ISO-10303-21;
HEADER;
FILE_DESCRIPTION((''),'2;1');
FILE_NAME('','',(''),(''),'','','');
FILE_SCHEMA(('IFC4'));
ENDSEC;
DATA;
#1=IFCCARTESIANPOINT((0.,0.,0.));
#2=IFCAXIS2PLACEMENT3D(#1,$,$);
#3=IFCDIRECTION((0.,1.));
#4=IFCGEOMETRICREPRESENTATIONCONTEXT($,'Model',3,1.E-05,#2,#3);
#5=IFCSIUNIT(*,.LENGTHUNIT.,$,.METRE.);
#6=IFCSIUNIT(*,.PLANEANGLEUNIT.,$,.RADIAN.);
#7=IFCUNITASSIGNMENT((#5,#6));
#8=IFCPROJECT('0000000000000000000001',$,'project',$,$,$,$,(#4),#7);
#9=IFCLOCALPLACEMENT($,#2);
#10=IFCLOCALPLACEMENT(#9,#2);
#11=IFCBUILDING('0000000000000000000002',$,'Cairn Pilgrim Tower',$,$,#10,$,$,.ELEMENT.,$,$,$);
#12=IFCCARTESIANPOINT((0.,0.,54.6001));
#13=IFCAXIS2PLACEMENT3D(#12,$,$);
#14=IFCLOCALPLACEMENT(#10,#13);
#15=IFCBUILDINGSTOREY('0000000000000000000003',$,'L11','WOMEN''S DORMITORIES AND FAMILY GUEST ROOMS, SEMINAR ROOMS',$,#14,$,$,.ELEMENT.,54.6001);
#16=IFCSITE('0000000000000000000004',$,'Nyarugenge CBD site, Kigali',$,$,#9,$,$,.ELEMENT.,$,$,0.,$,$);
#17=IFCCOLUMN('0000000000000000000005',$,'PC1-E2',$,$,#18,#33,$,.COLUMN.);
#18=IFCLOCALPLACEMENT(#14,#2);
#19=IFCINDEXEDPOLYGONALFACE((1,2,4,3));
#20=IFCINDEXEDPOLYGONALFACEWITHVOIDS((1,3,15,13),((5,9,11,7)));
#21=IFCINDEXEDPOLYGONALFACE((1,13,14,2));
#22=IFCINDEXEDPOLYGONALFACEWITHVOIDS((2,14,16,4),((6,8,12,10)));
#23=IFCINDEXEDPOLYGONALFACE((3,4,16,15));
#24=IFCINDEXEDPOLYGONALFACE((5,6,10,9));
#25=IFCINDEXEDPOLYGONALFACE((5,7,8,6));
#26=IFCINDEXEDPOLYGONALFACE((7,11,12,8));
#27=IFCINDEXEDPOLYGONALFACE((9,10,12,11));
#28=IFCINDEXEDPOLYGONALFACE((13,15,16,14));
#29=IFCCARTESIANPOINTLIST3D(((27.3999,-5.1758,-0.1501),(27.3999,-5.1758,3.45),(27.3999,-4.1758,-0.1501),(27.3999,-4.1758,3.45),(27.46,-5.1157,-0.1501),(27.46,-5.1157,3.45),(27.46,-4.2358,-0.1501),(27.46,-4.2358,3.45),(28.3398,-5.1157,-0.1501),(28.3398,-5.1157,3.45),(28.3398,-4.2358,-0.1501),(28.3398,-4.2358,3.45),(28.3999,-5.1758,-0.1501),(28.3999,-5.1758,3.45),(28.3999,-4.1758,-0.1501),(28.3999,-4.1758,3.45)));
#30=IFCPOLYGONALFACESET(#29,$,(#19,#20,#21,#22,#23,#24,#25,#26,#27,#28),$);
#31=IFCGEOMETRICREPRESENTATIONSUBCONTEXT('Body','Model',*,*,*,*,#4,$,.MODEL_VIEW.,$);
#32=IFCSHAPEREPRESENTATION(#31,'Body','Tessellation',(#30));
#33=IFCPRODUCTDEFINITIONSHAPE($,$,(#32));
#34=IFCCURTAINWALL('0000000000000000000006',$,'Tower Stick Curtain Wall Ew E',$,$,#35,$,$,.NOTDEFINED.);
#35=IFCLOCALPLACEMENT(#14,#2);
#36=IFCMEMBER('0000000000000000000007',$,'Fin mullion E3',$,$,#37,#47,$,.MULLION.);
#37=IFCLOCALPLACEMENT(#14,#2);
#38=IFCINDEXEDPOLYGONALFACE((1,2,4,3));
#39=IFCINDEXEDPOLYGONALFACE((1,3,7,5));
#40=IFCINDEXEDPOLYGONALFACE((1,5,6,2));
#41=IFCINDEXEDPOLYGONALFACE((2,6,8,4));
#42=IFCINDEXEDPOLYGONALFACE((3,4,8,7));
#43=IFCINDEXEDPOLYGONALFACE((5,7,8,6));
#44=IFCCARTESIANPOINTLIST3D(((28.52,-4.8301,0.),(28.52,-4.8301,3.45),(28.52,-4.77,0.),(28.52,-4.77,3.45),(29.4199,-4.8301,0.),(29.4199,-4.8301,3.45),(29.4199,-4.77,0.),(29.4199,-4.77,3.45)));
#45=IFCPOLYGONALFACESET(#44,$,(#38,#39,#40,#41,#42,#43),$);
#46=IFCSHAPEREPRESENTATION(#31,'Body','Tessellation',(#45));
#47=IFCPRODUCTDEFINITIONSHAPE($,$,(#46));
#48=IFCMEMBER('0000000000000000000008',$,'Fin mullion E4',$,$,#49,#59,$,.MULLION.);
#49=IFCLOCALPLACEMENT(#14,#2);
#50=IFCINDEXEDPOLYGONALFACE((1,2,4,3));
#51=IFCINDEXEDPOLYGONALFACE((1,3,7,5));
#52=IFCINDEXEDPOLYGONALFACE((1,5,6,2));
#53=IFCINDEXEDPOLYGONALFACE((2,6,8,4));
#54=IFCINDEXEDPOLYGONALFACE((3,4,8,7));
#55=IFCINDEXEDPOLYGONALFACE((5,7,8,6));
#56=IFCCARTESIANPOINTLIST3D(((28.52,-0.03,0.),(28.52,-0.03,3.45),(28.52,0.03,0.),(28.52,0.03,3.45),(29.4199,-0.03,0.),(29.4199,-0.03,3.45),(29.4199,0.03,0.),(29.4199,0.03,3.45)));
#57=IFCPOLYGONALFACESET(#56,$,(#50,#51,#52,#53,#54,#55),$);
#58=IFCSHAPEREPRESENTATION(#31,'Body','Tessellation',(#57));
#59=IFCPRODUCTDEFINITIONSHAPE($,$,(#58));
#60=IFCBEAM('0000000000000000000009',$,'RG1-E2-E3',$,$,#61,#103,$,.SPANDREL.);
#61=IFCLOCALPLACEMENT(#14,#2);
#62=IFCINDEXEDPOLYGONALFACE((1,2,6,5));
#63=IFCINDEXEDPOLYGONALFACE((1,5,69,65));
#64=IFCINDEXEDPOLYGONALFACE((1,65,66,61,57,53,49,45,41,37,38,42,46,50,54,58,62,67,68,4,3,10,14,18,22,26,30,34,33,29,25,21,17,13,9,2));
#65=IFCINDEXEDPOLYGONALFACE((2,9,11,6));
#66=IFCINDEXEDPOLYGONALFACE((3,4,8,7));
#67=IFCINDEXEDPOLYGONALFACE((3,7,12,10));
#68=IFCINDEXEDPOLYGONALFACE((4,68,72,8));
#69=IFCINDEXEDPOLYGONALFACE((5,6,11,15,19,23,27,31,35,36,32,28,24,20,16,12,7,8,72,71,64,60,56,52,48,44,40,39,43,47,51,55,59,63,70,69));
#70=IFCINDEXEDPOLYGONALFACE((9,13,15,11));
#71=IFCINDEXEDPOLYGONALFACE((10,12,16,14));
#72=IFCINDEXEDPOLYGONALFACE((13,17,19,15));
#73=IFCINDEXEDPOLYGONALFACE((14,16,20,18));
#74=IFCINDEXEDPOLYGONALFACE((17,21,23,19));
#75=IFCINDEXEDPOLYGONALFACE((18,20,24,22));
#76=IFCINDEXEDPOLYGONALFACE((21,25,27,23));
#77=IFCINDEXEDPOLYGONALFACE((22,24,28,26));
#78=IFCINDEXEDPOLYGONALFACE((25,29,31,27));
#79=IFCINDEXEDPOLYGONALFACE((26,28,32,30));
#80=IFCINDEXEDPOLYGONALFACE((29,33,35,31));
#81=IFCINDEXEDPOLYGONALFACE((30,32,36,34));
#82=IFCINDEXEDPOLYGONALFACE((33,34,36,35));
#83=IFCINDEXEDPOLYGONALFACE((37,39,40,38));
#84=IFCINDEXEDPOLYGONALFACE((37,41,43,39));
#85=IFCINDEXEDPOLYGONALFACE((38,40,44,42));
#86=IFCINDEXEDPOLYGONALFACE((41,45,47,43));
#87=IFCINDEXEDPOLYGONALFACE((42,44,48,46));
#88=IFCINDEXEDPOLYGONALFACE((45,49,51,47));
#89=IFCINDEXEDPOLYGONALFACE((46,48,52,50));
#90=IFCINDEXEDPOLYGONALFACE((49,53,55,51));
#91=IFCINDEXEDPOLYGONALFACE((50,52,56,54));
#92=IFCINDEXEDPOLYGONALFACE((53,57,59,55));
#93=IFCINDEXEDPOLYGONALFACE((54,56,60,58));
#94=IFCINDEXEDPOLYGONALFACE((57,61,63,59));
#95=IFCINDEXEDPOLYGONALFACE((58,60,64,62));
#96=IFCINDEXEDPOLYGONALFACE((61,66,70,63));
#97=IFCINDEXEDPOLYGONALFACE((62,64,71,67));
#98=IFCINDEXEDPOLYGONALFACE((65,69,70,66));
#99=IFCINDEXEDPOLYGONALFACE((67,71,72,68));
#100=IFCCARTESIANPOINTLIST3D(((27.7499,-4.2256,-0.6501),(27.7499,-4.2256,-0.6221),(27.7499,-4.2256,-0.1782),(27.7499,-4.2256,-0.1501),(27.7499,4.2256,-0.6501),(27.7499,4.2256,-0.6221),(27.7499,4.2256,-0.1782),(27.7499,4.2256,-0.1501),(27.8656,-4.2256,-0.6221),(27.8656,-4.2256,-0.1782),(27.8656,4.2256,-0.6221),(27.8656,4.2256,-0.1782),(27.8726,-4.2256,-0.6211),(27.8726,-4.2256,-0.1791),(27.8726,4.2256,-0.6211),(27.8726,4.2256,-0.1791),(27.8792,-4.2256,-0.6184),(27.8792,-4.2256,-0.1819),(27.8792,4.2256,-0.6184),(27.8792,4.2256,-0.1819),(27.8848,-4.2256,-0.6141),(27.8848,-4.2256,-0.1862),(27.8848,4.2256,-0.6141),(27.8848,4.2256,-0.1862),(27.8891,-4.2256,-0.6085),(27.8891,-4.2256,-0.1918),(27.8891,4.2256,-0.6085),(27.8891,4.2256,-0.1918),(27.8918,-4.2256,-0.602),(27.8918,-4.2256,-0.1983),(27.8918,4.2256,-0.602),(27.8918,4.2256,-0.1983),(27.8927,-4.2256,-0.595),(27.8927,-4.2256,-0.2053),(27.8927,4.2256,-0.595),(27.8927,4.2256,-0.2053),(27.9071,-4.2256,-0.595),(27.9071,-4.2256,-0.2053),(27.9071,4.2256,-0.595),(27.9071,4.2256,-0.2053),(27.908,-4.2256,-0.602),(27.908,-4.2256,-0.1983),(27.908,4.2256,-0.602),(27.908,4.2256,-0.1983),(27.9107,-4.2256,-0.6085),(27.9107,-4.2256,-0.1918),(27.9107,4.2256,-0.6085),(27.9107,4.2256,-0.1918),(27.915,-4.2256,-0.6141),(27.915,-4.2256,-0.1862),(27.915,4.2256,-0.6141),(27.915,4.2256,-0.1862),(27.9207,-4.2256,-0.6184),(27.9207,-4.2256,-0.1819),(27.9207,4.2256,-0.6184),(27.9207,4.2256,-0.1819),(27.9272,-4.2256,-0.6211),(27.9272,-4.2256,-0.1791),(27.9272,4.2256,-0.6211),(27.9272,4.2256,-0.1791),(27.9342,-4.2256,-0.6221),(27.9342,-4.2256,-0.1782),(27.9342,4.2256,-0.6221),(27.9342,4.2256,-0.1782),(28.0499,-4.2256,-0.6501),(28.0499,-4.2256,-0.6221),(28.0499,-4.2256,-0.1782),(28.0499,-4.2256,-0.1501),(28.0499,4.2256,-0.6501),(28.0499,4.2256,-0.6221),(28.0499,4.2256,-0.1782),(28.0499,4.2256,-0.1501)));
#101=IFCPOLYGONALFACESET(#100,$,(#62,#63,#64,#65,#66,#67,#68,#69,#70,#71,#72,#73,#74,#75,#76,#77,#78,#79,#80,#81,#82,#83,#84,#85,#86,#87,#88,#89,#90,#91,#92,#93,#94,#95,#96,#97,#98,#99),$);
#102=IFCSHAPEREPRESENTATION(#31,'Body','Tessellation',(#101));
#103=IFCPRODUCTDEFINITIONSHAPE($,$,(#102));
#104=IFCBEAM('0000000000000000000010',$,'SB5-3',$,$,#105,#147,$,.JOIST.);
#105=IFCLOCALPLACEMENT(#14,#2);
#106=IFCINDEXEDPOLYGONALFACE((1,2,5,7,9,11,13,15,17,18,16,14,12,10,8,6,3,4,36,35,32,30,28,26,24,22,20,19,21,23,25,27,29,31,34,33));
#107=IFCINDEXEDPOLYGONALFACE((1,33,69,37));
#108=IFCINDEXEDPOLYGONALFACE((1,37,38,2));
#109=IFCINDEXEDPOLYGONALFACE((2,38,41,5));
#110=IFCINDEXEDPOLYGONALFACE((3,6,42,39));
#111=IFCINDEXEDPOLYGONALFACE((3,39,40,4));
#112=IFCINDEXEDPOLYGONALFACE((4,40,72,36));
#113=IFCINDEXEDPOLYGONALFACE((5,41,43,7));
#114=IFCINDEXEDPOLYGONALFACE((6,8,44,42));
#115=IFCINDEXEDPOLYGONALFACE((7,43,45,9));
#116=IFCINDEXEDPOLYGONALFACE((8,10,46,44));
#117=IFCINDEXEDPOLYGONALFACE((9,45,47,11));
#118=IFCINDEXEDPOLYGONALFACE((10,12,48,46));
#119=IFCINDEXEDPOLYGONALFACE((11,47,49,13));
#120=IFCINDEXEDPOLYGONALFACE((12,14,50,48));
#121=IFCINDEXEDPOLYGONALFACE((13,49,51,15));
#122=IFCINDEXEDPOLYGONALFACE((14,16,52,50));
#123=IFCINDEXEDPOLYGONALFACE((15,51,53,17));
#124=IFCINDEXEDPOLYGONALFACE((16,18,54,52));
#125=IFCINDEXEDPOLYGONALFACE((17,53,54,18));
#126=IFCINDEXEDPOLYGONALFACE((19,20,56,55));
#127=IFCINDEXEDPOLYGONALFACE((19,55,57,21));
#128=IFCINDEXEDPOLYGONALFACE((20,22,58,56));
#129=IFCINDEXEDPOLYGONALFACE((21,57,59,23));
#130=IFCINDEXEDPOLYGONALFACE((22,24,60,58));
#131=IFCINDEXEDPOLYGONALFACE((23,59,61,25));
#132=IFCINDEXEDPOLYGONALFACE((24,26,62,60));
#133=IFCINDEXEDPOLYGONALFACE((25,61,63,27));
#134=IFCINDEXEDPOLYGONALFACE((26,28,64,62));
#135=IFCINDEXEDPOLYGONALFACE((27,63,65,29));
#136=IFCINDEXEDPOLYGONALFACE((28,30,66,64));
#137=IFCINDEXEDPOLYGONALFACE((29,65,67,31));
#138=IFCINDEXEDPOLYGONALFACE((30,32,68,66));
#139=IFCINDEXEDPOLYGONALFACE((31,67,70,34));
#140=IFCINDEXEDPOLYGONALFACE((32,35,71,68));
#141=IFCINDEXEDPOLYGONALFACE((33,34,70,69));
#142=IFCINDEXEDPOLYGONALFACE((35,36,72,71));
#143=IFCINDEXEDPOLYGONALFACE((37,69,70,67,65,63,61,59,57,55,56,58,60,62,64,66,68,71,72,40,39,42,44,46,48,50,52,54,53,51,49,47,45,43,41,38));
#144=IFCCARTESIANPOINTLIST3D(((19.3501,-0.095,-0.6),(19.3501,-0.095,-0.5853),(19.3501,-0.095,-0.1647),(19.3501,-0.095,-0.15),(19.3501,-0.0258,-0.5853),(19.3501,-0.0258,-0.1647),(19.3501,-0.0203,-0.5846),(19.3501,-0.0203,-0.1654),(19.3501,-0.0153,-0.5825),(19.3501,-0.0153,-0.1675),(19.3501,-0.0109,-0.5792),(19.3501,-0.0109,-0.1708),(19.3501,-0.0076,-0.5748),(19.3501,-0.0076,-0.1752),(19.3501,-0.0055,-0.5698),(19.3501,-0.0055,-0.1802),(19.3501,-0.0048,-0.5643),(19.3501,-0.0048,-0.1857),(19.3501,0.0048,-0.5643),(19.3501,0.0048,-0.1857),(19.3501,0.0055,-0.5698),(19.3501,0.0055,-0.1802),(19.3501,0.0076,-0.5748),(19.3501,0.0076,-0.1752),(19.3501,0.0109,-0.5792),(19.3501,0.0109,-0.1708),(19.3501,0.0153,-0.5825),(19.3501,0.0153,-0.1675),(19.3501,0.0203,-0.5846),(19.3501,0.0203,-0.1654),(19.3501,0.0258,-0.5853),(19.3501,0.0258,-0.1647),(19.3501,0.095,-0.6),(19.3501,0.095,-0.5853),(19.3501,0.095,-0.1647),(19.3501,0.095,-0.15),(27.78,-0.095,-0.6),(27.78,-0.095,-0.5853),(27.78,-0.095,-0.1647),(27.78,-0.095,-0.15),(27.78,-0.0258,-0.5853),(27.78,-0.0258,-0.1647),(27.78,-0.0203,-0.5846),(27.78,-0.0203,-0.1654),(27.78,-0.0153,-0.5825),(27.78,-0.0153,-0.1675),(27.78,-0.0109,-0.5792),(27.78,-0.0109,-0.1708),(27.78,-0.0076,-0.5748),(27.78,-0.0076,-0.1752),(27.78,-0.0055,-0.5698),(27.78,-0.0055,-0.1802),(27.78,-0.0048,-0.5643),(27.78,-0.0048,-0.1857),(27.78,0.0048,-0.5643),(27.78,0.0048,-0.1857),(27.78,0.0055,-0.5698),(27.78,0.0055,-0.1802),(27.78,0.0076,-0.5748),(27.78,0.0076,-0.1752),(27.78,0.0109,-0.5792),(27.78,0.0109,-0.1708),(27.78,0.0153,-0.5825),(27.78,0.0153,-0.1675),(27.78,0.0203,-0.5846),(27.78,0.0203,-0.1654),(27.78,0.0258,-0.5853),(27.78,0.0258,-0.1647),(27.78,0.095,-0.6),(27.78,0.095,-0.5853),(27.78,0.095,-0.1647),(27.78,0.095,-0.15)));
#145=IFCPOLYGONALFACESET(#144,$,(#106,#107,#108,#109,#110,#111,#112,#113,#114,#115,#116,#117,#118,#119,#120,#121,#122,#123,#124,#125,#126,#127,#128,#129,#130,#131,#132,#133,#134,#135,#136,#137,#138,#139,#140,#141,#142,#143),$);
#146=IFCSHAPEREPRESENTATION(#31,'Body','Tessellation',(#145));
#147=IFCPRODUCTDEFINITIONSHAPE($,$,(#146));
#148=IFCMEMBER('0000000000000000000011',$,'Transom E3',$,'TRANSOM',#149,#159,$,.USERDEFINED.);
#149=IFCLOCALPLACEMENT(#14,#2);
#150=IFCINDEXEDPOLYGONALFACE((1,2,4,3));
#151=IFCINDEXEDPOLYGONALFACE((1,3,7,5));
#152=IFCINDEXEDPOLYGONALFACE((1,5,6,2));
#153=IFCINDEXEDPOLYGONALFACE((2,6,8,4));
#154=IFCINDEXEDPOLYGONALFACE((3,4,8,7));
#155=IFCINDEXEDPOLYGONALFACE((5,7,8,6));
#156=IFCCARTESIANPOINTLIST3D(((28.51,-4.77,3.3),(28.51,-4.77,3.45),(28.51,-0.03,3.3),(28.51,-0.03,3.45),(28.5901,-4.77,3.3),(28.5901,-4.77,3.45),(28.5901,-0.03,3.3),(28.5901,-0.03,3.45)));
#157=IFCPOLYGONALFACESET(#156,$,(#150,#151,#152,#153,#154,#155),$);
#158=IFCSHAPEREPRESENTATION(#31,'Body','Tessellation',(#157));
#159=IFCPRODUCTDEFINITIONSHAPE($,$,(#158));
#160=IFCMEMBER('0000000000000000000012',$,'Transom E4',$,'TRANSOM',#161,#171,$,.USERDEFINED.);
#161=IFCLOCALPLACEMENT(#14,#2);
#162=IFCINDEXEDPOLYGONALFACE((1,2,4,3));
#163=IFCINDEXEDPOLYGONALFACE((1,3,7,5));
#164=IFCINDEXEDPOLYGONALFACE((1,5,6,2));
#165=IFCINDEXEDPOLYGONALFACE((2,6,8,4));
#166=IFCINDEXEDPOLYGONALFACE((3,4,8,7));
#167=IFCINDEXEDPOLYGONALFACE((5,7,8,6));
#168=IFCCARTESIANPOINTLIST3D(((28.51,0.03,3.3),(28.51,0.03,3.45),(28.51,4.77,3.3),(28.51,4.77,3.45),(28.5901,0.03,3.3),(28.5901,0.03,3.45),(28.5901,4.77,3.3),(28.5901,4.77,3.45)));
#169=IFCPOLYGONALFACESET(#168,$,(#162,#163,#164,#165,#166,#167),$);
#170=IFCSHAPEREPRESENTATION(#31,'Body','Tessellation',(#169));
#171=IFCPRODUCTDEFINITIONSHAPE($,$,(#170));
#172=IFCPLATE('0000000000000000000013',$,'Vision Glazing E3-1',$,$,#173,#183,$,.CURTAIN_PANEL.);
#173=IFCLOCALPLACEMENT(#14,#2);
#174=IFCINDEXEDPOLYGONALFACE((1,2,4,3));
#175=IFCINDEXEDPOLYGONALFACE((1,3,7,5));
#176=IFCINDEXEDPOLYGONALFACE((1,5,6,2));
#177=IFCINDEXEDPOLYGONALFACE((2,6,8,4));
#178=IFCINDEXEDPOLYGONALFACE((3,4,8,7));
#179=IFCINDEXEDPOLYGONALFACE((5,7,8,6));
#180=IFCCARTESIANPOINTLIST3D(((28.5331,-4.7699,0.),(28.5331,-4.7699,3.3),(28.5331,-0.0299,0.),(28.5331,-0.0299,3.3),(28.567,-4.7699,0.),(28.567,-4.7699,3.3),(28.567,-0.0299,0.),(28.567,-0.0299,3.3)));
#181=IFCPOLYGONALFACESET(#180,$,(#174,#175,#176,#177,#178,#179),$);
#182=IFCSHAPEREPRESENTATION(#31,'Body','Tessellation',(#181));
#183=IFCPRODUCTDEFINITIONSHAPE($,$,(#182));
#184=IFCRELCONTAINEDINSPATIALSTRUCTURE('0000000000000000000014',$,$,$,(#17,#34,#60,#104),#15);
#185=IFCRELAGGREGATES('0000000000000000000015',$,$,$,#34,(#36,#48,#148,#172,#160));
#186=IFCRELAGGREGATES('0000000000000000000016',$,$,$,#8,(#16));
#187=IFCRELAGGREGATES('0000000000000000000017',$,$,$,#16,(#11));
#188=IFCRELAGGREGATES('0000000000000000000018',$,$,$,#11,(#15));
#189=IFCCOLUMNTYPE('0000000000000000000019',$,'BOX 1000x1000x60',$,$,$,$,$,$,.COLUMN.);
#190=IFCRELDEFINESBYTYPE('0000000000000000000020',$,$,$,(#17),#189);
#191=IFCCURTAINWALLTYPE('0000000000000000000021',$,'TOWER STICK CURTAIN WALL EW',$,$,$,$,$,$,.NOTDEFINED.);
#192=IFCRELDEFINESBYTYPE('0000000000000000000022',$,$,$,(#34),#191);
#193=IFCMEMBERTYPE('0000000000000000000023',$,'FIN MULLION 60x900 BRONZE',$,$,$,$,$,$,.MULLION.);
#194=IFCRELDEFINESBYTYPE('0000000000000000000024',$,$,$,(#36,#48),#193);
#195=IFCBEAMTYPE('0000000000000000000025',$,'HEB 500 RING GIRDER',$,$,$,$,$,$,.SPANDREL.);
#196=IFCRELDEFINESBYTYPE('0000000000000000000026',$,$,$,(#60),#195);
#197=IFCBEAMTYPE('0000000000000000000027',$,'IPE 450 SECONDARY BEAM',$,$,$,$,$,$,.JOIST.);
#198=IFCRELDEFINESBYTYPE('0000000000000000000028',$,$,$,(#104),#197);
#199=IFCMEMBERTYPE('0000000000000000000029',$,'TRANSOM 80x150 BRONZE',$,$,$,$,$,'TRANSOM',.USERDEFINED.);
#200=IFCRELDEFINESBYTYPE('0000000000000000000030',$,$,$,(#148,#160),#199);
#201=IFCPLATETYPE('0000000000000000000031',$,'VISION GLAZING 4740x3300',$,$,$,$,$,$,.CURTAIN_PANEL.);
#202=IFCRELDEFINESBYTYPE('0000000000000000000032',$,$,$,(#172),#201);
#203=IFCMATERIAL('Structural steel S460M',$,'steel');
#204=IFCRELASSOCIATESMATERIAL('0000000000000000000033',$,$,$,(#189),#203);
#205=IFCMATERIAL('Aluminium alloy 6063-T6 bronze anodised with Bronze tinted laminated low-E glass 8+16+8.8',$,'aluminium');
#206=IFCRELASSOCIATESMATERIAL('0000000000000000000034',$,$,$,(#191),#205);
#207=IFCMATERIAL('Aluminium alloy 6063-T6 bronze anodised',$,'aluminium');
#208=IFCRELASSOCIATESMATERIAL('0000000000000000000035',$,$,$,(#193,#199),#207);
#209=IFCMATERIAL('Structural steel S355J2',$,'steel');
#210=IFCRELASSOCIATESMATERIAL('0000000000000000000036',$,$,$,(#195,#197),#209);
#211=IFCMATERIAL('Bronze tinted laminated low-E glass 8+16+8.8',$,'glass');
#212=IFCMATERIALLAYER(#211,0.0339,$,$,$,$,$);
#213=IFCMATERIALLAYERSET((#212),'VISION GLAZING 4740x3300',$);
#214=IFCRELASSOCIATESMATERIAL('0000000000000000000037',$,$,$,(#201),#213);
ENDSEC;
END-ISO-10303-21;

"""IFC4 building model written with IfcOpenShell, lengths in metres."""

from ifc_helpers import new_model, si_unit, direction, frame, origin, origin_2d, place, context, subcontext, project, spatial, rectangle, hollow_rectangle, i_section, extrude, material, layer, layer_set, material_profile, profile_set, type_object, element, aggregate, save


model = new_model("IFC4")

# Units and contexts
model_context = context("Model", 3, precision=1e-05, world=origin(), true_north=direction((0.0, 1.0)))
body_context = subcontext(model_context, "Body", "Model", "MODEL_VIEW")
ifc_project = project(units=[si_unit("LENGTHUNIT", "METRE"), si_unit("PLANEANGLEUNIT", "RADIAN")], contexts=[model_context])

# Site, building, storey
site_placement = place(None, origin())
site = spatial("IfcSite", under=ifc_project, at=site_placement, Name="Nyarugenge CBD site, Kigali", CompositionType="ELEMENT", RefElevation=0.0)
building_placement = place(site_placement, origin())
building = spatial("IfcBuilding", under=site, at=building_placement, Name="Cairn Pilgrim Tower", CompositionType="ELEMENT")
storey_placement = place(building_placement, frame((0.0, 0.0, 54.6001)))
storey = spatial("IfcBuildingStorey", under=building, at=storey_placement, Name="L11", Description="WOMEN'S DORMITORIES AND FAMILY GUEST ROOMS, SEMINAR ROOMS", CompositionType="ELEMENT", Elevation=54.6001)

# Column
ifc_material_1 = material(Name="Structural steel S460M", Category="steel")
ifc_material_profile_1 = material_profile(ifc_material_1, hollow_rectangle(XDim=1.0, YDim=1.0, WallThickness=0.0601, at=origin_2d()), Name="BOX 1000x1000x60")
ifc_profile_set_1 = profile_set([ifc_material_profile_1], Name="Structural steel S460M")
column_type = type_object("IfcColumnType", Name="BOX 1000x1000x60", PredefinedType="COLUMN", material=ifc_profile_set_1)
column_placement = place(storey_placement, frame((27.8999, -4.6758, -0.1501), z_axis=(0.0, 0.0, 1.0), x_axis=(1.0, 0.0, 0.0)))
element("IfcColumn", 1, at=column_placement, inside=storey, type_object=column_type, Name="PC1-E2", PredefinedType="COLUMN", context=body_context, shape_type="SweptSolid", body=[
    extrude(hollow_rectangle(XDim=1.0, YDim=1.0, WallThickness=0.0601, at=origin_2d()), origin(), (0.0, 0.0, 1.0), 3.6001),
])

# Curtain wall, members
ifc_material_2 = material(Name="Aluminium alloy 6063-T6 bronze anodised with Bronze tinted laminated low-E glass 8+16+8.8", Category="aluminium")
curtain_wall_type = type_object("IfcCurtainWallType", Name="TOWER STICK CURTAIN WALL EW", PredefinedType="NOTDEFINED", material=ifc_material_2)
curtain_wall_placement = place(storey_placement, origin())
curtain_wall = element("IfcCurtainWall", 2, at=curtain_wall_placement, inside=storey, type_object=curtain_wall_type, Name="Tower Stick Curtain Wall Ew E", PredefinedType="NOTDEFINED")
ifc_material_3 = material(Name="Aluminium alloy 6063-T6 bronze anodised", Category="aluminium")
ifc_material_profile_2 = material_profile(ifc_material_3, rectangle(XDim=0.8999, YDim=0.0601, at=origin_2d()), Name="FIN MULLION 60x900 BRONZE")
ifc_profile_set_2 = profile_set([ifc_material_profile_2], Name="Aluminium alloy 6063-T6 bronze anodised")
member_type_1 = type_object("IfcMemberType", Name="FIN MULLION 60x900 BRONZE", PredefinedType="MULLION", material=ifc_profile_set_2)
member_1_placement = place(storey_placement, frame((28.97, -4.8, 0.0), z_axis=(0.0, 0.0, 1.0), x_axis=(1.0, 0.0, 0.0)))
member_1 = element("IfcMember", 3, at=member_1_placement, type_object=member_type_1, Name="Fin mullion E3", PredefinedType="MULLION", context=body_context, shape_type="SweptSolid", body=[
    extrude(rectangle(XDim=0.8999, YDim=0.0601, at=origin_2d()), origin(), (0.0, 0.0, 1.0), 3.45),
])
member_2_placement = place(storey_placement, frame((28.97, 0.0, 0.0), z_axis=(0.0, 0.0, 1.0), x_axis=(1.0, 0.0, 0.0)))
member_2 = element("IfcMember", 4, at=member_2_placement, type_object=member_type_1, Name="Fin mullion E4", PredefinedType="MULLION", context=body_context, shape_type="SweptSolid", body=[
    extrude(rectangle(XDim=0.8999, YDim=0.0601, at=origin_2d()), origin(), (0.0, 0.0, 1.0), 3.45),
])

# Beams
ifc_material_4 = material(Name="Structural steel S355J2", Category="steel")
ifc_material_profile_3 = material_profile(ifc_material_4, i_section(OverallWidth=0.3, OverallDepth=0.5, WebThickness=0.0144, FlangeThickness=0.0281, FilletRadius=0.0271, at=origin_2d()), Name="HEB 500")
ifc_profile_set_3 = profile_set([ifc_material_profile_3], Name="Structural steel S355J2")
beam_type_1 = type_object("IfcBeamType", Name="HEB 500 RING GIRDER", PredefinedType="SPANDREL", material=ifc_profile_set_3)
beam_1_placement = place(storey_placement, frame((27.8999, -4.2256, -0.4001), z_axis=(0.0, 1.0, 0.0), x_axis=(-1.0, 0.0, 0.0)))
element("IfcBeam", 5, at=beam_1_placement, inside=storey, type_object=beam_type_1, Name="RG1-E2-E3", PredefinedType="SPANDREL", context=body_context, shape_type="SweptSolid", body=[
    extrude(i_section(OverallWidth=0.3, OverallDepth=0.5, WebThickness=0.0144, FlangeThickness=0.0281, FilletRadius=0.0271, at=origin_2d()), origin(), (0.0, 0.0, 1.0), 8.4512),
])
ifc_material_profile_4 = material_profile(ifc_material_4, i_section(OverallWidth=0.1899, OverallDepth=0.45, WebThickness=0.0095, FlangeThickness=0.0146, FilletRadius=0.021, at=origin_2d()), Name="IPE 450")
ifc_profile_set_4 = profile_set([ifc_material_profile_4], Name="Structural steel S355J2")
beam_type_2 = type_object("IfcBeamType", Name="IPE 450 SECONDARY BEAM", PredefinedType="JOIST", material=ifc_profile_set_4)
beam_2_placement = place(storey_placement, frame((19.3501, 0.0, -0.375), z_axis=(1.0, 0.0, 0.0), x_axis=(0.0, 1.0, 0.0)))
element("IfcBeam", 6, at=beam_2_placement, inside=storey, type_object=beam_type_2, Name="SB5-3", PredefinedType="JOIST", context=body_context, shape_type="SweptSolid", body=[
    extrude(i_section(OverallWidth=0.1899, OverallDepth=0.45, WebThickness=0.0095, FlangeThickness=0.0146, FilletRadius=0.021, at=origin_2d()), origin(), (0.0, 0.0, 1.0), 8.4299),
])

# Members
ifc_material_profile_5 = material_profile(ifc_material_3, rectangle(XDim=0.0801, YDim=0.1499, at=origin_2d()), Name="TRANSOM 80x150 BRONZE")
ifc_profile_set_5 = profile_set([ifc_material_profile_5], Name="Aluminium alloy 6063-T6 bronze anodised")
member_type_2 = type_object("IfcMemberType", Name="TRANSOM 80x150 BRONZE", ElementType="TRANSOM", PredefinedType="USERDEFINED", material=ifc_profile_set_5)
member_3_placement = place(storey_placement, frame((28.55, -4.77, 3.375), z_axis=(0.0, 1.0, 0.0), x_axis=(-1.0, 0.0, 0.0)))
member_3 = element("IfcMember", 7, at=member_3_placement, type_object=member_type_2, Name="Transom E3", ObjectType="TRANSOM", PredefinedType="USERDEFINED", context=body_context, shape_type="SweptSolid", body=[
    extrude(rectangle(XDim=0.0801, YDim=0.1499, at=origin_2d()), origin(), (0.0, 0.0, 1.0), 4.74),
])
member_4_placement = place(storey_placement, frame((28.55, 0.03, 3.375), z_axis=(0.0, 1.0, 0.0), x_axis=(-1.0, 0.0, 0.0)))
member_4 = element("IfcMember", 8, at=member_4_placement, type_object=member_type_2, Name="Transom E4", ObjectType="TRANSOM", PredefinedType="USERDEFINED", context=body_context, shape_type="SweptSolid", body=[
    extrude(rectangle(XDim=0.0801, YDim=0.1499, at=origin_2d()), origin(), (0.0, 0.0, 1.0), 4.74),
])

# Plate
ifc_material_5 = material(Name="Bronze tinted laminated low-E glass 8+16+8.8", Category="glass")
ifc_layer_1 = layer(ifc_material_5, 0.0339)
ifc_layer_set_1 = layer_set([ifc_layer_1], Name="VISION GLAZING 4740x3300")
plate_type = type_object("IfcPlateType", Name="VISION GLAZING 4740x3300", PredefinedType="CURTAIN_PANEL", material=ifc_layer_set_1)
plate_placement = place(storey_placement, frame((28.55, -2.3999, 0.0), z_axis=(0.0, 0.0, 1.0), x_axis=(0.0, 1.0, 0.0)))
plate = element("IfcPlate", 9, at=plate_placement, type_object=plate_type, Name="Vision Glazing E3-1", PredefinedType="CURTAIN_PANEL", context=body_context, shape_type="SweptSolid", body=[
    extrude(rectangle(XDim=4.74, YDim=0.0339, at=origin_2d()), origin(), (0.0, 0.0, 1.0), 3.3),
])
aggregate(curtain_wall, [member_1, member_2, member_3, plate, member_4])

save(model, "model.ifc")
